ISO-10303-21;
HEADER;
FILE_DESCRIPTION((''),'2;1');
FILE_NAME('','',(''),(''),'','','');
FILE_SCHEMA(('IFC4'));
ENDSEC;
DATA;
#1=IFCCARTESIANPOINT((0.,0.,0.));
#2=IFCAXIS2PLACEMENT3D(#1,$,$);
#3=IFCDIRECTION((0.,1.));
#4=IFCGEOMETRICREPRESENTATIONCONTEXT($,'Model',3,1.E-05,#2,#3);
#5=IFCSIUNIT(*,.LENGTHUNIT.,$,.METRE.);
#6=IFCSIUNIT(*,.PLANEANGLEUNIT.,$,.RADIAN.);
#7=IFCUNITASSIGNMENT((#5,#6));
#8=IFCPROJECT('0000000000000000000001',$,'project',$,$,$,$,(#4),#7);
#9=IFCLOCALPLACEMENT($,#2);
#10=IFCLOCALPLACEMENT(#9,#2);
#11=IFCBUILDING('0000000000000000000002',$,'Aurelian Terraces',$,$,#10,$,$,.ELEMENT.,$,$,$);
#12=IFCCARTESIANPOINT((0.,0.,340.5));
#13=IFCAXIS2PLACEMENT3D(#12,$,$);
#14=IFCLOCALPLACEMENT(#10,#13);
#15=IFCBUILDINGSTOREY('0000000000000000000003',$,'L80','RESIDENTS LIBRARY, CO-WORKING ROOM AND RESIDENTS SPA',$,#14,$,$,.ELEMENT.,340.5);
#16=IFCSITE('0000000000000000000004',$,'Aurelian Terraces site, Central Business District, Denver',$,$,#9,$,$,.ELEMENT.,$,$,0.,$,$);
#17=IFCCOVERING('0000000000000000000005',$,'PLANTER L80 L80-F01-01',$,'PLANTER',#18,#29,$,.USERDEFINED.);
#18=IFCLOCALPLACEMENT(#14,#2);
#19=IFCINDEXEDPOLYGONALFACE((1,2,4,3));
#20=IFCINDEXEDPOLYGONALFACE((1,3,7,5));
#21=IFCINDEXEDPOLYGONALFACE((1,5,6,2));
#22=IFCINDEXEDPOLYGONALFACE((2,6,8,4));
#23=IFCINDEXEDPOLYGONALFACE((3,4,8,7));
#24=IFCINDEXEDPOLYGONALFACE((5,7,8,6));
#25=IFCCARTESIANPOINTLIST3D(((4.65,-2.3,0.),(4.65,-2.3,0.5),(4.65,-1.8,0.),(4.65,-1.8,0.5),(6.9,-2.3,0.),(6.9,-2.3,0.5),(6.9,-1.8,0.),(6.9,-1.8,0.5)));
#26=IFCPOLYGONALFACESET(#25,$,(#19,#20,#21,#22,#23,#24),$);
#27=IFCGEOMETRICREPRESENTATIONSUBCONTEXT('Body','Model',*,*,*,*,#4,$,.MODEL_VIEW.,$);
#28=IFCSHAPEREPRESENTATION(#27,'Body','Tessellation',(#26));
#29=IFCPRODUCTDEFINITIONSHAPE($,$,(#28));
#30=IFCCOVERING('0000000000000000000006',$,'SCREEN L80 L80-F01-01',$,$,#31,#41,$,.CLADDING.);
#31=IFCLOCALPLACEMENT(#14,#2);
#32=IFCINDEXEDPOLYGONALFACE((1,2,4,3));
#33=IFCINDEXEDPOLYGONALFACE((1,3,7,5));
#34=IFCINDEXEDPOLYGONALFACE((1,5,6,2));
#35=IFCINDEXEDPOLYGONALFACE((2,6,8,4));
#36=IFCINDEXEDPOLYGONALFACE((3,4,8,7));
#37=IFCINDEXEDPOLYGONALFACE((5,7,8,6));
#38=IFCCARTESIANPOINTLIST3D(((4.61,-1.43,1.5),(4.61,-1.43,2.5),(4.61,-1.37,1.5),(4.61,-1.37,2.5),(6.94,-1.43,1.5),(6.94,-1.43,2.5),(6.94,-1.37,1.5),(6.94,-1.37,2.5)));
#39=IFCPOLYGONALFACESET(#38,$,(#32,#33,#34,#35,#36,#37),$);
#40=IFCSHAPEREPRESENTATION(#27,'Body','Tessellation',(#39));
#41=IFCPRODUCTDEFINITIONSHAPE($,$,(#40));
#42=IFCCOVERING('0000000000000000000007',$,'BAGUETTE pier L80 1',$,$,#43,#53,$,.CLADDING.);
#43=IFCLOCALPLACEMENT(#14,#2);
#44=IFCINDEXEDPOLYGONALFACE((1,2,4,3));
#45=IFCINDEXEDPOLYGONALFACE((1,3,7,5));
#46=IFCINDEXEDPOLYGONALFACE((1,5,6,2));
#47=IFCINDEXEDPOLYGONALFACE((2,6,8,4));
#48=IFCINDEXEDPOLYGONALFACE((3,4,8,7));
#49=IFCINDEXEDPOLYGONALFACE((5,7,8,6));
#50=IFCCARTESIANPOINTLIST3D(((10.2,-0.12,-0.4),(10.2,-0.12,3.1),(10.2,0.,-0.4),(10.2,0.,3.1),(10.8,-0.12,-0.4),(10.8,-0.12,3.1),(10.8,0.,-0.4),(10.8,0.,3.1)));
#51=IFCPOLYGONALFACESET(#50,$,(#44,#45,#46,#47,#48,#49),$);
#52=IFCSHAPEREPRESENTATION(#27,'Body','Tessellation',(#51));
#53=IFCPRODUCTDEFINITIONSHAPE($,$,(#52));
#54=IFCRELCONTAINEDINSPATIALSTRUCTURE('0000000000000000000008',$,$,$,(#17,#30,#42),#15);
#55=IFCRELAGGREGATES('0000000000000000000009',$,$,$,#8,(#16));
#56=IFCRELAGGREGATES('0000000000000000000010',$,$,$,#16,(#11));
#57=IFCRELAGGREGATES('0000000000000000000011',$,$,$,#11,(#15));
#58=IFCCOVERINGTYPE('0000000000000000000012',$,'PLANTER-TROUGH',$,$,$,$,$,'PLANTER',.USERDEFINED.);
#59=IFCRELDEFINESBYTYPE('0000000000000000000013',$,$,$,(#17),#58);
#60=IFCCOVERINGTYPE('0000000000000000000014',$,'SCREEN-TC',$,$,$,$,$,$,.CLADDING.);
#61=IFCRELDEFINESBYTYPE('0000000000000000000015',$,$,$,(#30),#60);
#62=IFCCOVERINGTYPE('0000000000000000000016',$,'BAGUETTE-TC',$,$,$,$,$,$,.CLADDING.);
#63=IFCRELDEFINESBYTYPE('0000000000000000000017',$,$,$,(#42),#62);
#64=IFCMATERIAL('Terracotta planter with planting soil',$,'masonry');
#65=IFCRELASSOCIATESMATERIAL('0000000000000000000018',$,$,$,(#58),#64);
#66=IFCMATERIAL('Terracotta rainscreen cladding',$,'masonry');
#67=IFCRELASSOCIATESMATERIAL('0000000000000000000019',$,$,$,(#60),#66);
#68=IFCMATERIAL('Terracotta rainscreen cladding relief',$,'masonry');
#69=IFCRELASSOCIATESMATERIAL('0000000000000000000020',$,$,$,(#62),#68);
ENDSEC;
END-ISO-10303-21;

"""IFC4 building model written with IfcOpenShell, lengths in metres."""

from ifc_helpers import new_model, si_unit, direction, frame, origin, origin_2d, place, context, subcontext, project, spatial, rectangle, extrude, source, transform, mapped, material, type_object, element, save


model = new_model("IFC4")

# Units and contexts
model_context = context("Model", 3, precision=1e-05, world=origin(), true_north=direction((0.0, 1.0)))
body_context = subcontext(model_context, "Body", "Model", "MODEL_VIEW")
ifc_project = project(units=[si_unit("LENGTHUNIT", "METRE"), si_unit("PLANEANGLEUNIT", "RADIAN")], contexts=[model_context])

# Site, building, storey
site_placement = place(None, origin())
site = spatial("IfcSite", under=ifc_project, at=site_placement, Name="Aurelian Terraces site, Central Business District, Denver", CompositionType="ELEMENT", RefElevation=0.0)
building_placement = place(site_placement, origin())
building = spatial("IfcBuilding", under=site, at=building_placement, Name="Aurelian Terraces", CompositionType="ELEMENT")
storey_placement = place(building_placement, frame((0.0, 0.0, 340.5)))
storey = spatial("IfcBuildingStorey", under=building, at=storey_placement, Name="L80", Description="RESIDENTS LIBRARY, CO-WORKING ROOM AND RESIDENTS SPA", CompositionType="ELEMENT", Elevation=340.5)

# Shared definitions
ifc_material_1 = material(Name="Terracotta rainscreen cladding", Category="masonry")

# Shared definitions
ifc_material_2 = material(Name="Terracotta rainscreen cladding relief", Category="masonry")

# Coverings
ifc_material_3 = material(Name="Terracotta planter with planting soil", Category="masonry")
covering_type_1 = type_object("IfcCoveringType", Name="PLANTER-TROUGH", ElementType="PLANTER", PredefinedType="USERDEFINED", material=ifc_material_3)
shared_shape_1 = source(origin(), body_context, "Body", "SweptSolid", [
    extrude(rectangle(XDim=2.25, YDim=0.5, at=origin_2d()), origin(), (0.0, 0.0, 1.0), 0.5),
])
covering_1_placement = place(storey_placement, frame((5.775, -2.05, 0.0), z_axis=(0.0, 0.0, 1.0), x_axis=(1.0, 0.0, 0.0)))
element("IfcCovering", 1, at=covering_1_placement, inside=storey, type_object=covering_type_1, Name="PLANTER L80 L80-F01-01", ObjectType="PLANTER", PredefinedType="USERDEFINED", context=body_context, shape_type="MappedRepresentation", body=[
    mapped(shared_shape_1, transform((0.0, 0.0, 0.0), scale=1.0)),
])
covering_type_2 = type_object("IfcCoveringType", Name="SCREEN-TC", PredefinedType="CLADDING", material=ifc_material_1)
shared_shape_2 = source(origin(), body_context, "Body", "SweptSolid", [
    extrude(rectangle(XDim=2.33, YDim=0.06, at=origin_2d()), origin(), (0.0, 0.0, 1.0), 1.0),
])
covering_2_placement = place(storey_placement, frame((5.775, -1.4, 1.5), z_axis=(0.0, 0.0, 1.0), x_axis=(1.0, 0.0, 0.0)))
element("IfcCovering", 2, at=covering_2_placement, inside=storey, type_object=covering_type_2, Name="SCREEN L80 L80-F01-01", PredefinedType="CLADDING", context=body_context, shape_type="MappedRepresentation", body=[
    mapped(shared_shape_2, transform((0.0, 0.0, 0.0), scale=1.0)),
])
covering_type_3 = type_object("IfcCoveringType", Name="BAGUETTE-TC", PredefinedType="CLADDING", material=ifc_material_2)
shared_shape_3 = source(origin(), body_context, "Body", "SweptSolid", [
    extrude(rectangle(XDim=0.6, YDim=0.12, at=origin_2d()), origin(), (0.0, 0.0, 1.0), 3.5),
])
covering_3_placement = place(storey_placement, frame((10.5, -0.06, -0.4), z_axis=(0.0, 0.0, 1.0), x_axis=(1.0, 0.0, 0.0)))
element("IfcCovering", 3, at=covering_3_placement, inside=storey, type_object=covering_type_3, Name="BAGUETTE pier L80 1", PredefinedType="CLADDING", context=body_context, shape_type="MappedRepresentation", body=[
    mapped(shared_shape_3, transform((0.0, 0.0, 0.0), scale=1.0)),
])

save(model, "model.ifc")
